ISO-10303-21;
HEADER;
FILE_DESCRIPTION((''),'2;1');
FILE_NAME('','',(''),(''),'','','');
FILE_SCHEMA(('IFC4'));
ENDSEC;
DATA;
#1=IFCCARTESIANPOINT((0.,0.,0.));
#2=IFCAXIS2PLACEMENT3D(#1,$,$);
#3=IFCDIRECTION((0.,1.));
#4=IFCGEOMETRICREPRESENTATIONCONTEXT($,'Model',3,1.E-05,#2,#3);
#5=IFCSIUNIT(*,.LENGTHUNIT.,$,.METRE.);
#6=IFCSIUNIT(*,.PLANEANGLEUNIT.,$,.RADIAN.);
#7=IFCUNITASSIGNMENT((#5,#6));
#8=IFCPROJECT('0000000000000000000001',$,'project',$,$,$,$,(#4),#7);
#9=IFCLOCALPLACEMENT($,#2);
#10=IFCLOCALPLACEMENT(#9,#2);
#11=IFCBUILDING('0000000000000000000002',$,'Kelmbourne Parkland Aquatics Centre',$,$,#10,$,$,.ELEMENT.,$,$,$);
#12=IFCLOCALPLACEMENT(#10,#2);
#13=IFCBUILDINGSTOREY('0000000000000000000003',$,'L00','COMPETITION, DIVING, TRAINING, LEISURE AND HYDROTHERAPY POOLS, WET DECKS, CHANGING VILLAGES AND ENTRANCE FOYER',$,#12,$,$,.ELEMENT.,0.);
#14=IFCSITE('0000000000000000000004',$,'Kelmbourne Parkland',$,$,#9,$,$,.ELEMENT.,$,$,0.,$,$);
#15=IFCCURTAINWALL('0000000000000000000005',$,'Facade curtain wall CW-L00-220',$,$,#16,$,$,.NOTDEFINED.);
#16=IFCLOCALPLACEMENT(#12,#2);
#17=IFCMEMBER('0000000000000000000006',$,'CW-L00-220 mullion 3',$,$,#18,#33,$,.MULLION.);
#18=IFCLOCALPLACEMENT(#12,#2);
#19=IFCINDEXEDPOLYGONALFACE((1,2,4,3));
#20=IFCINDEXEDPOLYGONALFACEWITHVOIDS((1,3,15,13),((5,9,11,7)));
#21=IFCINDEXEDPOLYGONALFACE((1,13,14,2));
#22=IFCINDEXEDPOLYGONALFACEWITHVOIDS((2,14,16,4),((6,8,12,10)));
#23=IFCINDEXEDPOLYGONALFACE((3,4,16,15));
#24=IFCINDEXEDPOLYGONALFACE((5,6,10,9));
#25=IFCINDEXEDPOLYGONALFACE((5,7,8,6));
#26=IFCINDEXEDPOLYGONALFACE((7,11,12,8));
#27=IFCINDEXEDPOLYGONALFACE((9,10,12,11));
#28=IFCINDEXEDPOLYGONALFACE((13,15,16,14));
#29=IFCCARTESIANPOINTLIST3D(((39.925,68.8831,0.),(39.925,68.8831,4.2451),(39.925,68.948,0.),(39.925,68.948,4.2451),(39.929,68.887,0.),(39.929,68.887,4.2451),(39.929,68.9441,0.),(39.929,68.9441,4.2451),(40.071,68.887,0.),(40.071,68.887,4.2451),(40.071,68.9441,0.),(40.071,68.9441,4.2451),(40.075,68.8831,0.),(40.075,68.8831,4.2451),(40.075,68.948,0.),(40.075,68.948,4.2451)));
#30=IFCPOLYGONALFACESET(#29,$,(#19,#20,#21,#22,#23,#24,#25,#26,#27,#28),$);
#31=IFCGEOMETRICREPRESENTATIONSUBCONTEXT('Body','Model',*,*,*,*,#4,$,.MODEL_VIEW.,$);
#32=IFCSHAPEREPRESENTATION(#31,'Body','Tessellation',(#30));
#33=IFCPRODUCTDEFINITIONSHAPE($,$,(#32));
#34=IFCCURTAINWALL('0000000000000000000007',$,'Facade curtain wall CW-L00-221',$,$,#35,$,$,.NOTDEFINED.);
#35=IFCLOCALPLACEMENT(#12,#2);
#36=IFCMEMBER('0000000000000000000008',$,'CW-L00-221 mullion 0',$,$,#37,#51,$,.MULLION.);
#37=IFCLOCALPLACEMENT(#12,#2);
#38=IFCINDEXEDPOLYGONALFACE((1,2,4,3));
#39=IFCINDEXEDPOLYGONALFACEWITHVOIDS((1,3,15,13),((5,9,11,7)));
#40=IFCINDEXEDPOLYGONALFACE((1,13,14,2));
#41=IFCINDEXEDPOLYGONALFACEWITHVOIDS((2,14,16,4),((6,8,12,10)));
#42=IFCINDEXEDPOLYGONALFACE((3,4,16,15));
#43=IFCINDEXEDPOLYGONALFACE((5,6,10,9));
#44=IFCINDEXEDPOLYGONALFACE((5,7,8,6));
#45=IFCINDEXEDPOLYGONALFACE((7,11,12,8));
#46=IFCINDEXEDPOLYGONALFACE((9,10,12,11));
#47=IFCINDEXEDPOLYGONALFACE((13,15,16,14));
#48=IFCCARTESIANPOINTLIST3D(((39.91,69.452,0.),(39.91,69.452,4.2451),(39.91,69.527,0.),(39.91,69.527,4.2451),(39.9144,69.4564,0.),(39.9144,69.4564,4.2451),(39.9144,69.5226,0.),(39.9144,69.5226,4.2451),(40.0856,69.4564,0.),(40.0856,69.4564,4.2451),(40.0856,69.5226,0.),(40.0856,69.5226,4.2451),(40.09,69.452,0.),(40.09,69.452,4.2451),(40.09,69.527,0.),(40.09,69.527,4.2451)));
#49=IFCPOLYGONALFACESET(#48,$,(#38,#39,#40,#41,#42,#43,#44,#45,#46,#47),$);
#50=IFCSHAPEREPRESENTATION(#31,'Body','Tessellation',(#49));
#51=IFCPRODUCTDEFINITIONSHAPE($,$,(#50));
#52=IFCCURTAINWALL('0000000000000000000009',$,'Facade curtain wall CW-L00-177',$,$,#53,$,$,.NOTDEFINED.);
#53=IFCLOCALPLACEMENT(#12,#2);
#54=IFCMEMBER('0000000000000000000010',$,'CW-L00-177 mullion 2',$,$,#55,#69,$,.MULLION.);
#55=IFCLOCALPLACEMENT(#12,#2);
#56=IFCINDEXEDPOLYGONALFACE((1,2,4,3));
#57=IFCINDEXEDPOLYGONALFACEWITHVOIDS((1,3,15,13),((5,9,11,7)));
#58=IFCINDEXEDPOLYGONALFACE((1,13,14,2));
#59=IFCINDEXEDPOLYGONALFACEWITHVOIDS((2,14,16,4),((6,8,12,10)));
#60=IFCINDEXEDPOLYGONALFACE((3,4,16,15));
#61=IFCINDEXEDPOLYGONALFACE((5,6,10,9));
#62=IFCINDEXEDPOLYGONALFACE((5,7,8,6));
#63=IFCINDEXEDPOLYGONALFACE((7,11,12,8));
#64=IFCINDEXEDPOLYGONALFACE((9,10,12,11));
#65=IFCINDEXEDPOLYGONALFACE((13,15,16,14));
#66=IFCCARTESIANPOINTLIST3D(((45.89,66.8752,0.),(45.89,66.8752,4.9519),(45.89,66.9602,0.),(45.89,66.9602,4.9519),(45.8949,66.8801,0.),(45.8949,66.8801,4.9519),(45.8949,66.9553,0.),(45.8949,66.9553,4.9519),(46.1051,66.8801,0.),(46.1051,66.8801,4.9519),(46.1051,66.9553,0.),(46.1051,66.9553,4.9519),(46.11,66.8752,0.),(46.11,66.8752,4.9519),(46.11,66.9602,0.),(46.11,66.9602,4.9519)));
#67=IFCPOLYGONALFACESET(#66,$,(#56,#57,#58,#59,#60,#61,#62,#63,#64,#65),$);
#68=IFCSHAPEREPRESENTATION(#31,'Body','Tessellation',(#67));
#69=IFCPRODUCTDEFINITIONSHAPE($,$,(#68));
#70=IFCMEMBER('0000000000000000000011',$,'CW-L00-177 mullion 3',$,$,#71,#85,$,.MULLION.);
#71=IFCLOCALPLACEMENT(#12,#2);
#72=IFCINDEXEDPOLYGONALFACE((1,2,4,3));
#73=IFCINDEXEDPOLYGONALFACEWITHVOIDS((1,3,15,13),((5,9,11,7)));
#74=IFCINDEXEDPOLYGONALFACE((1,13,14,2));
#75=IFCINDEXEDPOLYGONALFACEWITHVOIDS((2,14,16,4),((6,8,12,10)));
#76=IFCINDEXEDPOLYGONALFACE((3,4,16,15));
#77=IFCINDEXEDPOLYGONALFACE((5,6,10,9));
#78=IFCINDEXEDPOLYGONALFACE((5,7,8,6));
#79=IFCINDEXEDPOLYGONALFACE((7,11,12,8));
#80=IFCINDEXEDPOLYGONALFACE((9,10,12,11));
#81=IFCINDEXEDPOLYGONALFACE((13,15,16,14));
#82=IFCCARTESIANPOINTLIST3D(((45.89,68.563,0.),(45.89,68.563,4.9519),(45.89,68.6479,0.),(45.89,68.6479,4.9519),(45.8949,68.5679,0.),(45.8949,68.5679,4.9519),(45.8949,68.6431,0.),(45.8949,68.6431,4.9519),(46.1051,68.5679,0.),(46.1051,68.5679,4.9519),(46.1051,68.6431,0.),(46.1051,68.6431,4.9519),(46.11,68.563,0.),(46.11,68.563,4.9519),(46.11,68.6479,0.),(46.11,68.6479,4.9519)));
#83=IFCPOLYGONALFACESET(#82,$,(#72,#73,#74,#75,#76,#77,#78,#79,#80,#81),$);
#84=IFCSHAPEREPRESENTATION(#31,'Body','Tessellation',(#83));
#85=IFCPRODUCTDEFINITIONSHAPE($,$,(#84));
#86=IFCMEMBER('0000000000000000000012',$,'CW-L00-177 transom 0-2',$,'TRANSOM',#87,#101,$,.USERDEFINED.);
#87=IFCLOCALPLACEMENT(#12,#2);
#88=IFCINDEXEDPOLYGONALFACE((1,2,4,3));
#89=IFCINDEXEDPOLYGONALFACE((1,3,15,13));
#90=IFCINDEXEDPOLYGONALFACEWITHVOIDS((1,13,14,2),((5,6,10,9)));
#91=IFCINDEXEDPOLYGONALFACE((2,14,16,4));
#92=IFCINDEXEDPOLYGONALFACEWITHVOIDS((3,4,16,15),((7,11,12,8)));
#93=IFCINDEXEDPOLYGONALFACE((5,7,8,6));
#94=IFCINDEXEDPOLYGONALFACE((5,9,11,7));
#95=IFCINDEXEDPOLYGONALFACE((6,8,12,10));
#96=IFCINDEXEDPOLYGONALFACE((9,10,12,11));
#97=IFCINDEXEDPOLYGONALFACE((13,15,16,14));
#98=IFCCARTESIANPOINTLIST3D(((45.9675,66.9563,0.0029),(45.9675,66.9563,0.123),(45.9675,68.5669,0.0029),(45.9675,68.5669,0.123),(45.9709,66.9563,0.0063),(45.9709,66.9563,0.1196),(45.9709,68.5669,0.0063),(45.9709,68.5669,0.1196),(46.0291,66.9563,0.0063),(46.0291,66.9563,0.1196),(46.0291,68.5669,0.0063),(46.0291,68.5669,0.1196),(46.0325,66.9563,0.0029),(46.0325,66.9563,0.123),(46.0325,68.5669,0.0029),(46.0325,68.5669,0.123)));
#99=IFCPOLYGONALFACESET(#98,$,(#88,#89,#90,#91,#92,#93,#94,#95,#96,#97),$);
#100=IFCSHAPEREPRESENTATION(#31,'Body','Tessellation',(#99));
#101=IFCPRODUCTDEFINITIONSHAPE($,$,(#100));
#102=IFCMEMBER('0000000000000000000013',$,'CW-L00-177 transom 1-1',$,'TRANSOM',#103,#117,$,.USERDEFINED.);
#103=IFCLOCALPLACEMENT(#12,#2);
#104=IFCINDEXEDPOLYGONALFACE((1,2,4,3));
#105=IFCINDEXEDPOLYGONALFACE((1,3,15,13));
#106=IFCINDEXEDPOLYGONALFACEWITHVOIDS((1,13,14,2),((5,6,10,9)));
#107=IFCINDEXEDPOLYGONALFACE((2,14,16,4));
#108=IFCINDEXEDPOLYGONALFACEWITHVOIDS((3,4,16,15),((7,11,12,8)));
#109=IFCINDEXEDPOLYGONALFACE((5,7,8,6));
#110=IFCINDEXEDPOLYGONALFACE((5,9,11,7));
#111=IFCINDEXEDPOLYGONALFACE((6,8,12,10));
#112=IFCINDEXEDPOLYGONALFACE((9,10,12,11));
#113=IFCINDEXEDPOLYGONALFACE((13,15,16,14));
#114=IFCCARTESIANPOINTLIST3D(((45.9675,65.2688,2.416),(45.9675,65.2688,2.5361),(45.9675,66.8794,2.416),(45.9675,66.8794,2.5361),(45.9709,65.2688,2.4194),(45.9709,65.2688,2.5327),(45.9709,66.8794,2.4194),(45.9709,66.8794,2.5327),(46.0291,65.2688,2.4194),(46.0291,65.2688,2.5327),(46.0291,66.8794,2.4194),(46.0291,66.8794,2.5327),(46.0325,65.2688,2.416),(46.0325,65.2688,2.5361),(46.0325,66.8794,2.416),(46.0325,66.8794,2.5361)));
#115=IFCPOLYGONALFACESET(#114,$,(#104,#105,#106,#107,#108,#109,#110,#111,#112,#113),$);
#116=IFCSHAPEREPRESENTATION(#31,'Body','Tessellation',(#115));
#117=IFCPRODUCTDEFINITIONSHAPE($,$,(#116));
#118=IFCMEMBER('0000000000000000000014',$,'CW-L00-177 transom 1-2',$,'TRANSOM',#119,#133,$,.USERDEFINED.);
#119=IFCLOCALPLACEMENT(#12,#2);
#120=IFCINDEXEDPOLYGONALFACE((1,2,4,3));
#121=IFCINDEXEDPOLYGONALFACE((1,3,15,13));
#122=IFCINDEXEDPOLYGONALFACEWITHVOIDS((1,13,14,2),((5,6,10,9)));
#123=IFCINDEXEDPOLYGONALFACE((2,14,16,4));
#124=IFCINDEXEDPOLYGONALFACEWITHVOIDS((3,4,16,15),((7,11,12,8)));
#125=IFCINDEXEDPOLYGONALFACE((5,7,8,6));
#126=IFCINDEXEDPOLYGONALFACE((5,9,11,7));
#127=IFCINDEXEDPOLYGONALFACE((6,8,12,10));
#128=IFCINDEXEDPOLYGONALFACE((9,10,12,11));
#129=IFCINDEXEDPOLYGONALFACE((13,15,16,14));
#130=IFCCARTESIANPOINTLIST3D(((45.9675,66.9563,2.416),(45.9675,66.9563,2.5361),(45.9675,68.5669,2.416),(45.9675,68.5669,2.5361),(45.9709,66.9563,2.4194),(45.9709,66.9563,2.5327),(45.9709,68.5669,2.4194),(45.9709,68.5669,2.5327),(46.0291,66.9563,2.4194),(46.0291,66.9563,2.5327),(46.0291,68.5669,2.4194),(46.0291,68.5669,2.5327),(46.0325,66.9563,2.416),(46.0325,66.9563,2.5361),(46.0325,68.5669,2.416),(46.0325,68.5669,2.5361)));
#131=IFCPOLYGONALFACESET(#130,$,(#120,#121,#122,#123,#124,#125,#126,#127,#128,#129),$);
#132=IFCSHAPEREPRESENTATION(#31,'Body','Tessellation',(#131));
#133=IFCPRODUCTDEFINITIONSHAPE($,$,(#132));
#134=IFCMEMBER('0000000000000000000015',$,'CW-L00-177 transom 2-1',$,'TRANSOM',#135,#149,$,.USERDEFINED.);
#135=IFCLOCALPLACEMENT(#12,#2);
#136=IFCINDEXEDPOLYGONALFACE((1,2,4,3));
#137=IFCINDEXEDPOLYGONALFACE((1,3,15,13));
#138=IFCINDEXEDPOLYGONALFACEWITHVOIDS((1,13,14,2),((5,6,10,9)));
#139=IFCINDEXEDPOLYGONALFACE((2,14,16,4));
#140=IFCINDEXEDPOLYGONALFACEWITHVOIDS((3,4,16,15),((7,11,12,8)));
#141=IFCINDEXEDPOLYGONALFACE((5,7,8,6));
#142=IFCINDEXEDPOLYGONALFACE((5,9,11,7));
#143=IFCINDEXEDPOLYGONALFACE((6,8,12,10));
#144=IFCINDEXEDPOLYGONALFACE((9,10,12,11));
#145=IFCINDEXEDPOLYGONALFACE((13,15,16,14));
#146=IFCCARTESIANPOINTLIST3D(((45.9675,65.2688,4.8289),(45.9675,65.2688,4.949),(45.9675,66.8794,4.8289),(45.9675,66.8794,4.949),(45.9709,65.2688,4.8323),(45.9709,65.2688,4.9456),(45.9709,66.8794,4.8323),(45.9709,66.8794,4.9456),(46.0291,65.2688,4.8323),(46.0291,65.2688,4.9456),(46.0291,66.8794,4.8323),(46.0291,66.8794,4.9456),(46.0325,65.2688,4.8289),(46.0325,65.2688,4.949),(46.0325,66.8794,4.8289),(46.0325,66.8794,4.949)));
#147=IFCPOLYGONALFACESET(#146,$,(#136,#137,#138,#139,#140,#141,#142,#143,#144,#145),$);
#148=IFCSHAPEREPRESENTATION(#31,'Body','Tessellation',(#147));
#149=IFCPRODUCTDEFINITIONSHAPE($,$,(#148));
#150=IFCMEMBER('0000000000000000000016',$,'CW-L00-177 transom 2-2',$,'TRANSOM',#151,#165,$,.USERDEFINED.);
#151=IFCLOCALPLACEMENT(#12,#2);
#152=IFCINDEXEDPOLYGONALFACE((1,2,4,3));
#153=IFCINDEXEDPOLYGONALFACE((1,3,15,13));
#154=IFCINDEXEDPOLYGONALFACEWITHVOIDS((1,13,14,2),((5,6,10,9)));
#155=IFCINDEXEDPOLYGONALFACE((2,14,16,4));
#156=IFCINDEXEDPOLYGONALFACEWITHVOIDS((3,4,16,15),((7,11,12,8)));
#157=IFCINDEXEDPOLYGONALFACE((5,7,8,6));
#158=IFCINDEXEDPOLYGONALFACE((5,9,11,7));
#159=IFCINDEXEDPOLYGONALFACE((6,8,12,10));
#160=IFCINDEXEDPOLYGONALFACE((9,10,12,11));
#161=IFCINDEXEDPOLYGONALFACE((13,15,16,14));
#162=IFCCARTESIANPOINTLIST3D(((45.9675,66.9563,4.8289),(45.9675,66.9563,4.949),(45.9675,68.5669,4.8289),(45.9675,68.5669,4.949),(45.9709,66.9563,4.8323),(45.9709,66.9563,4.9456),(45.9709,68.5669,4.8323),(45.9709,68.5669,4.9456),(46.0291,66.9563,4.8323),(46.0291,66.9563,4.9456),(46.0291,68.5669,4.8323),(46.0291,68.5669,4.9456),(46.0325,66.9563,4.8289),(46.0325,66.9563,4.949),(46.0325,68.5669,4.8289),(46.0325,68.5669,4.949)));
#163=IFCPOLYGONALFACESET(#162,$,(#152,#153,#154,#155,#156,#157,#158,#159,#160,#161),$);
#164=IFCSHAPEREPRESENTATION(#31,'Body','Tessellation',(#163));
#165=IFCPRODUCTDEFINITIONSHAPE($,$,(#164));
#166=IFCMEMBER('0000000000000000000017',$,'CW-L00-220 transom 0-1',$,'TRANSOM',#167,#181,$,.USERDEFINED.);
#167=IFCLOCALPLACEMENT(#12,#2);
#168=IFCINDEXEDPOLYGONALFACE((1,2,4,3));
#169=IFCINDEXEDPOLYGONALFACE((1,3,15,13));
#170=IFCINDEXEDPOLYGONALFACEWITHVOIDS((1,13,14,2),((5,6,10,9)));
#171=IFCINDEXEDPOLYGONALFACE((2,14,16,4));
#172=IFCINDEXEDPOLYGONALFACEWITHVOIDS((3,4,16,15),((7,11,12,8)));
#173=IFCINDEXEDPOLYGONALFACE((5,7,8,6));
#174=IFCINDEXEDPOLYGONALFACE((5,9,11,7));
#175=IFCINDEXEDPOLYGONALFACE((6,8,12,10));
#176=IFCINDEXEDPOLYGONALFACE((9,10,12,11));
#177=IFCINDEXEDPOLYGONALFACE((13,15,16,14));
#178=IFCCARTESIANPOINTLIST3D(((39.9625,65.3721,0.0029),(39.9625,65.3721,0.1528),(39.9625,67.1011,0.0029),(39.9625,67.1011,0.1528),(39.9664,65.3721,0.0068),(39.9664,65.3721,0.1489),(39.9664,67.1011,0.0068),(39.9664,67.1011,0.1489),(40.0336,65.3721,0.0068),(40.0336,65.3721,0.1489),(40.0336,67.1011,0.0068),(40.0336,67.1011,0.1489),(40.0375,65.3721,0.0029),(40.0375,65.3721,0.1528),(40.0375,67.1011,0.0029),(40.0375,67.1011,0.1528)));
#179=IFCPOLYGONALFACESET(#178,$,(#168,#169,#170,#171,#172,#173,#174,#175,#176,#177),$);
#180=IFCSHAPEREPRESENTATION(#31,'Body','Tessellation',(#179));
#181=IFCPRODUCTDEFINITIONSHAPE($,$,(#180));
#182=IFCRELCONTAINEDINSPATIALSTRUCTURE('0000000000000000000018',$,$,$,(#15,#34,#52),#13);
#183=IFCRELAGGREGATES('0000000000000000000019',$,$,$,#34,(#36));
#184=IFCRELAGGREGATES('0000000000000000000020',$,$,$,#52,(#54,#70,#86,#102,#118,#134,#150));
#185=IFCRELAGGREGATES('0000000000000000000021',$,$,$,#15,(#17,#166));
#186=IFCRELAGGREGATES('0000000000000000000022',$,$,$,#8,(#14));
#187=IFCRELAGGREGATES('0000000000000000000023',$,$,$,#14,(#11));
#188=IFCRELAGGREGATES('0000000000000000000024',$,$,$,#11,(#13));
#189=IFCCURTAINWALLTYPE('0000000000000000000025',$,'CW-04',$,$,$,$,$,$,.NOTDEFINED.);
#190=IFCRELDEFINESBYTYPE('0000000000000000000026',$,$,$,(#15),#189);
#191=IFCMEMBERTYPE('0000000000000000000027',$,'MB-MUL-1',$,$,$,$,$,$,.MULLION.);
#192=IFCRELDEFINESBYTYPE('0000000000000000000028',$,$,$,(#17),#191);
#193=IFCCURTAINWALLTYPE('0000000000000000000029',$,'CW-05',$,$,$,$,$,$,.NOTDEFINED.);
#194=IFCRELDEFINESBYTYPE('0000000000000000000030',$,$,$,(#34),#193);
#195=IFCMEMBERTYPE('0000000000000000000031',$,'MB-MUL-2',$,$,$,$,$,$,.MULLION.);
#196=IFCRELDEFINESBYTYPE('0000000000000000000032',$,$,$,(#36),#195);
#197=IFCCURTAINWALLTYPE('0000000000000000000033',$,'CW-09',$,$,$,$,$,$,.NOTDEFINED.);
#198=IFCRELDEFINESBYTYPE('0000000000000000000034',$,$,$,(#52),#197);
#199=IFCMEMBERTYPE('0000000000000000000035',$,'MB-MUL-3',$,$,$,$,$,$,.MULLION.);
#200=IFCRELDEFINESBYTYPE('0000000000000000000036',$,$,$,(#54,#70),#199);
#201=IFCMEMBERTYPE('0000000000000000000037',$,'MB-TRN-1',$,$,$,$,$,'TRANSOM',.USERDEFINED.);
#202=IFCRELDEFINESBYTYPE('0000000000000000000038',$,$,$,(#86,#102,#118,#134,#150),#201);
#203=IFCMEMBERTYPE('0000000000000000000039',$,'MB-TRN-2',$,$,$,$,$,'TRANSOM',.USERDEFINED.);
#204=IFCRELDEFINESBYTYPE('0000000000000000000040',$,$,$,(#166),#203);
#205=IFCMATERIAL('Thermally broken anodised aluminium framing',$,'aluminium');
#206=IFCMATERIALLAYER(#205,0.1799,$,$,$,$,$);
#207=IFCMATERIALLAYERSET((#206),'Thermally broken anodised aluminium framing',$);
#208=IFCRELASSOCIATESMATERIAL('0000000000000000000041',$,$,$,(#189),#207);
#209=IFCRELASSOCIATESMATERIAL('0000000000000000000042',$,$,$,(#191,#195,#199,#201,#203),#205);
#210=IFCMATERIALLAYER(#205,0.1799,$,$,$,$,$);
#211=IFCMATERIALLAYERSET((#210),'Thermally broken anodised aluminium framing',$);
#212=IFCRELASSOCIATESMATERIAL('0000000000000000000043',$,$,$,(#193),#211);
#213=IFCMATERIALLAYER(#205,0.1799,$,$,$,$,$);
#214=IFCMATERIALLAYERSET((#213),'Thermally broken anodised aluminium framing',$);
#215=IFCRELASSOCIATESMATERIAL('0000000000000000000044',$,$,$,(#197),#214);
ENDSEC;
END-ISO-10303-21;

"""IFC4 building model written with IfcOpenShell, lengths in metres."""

from ifc_helpers import new_model, si_unit, direction, frame, origin, origin_2d, place, context, subcontext, project, spatial, hollow_rectangle, extrude, material, layer, layer_set, material_profile, profile_set, type_object, element, aggregate, save


model = new_model("IFC4")

# Units and contexts
model_context = context("Model", 3, precision=1e-05, world=origin(), true_north=direction((0.0, 1.0)))
body_context = subcontext(model_context, "Body", "Model", "MODEL_VIEW")
ifc_project = project(units=[si_unit("LENGTHUNIT", "METRE"), si_unit("PLANEANGLEUNIT", "RADIAN")], contexts=[model_context])

# Site, building, storey
site_placement = place(None, origin())
site = spatial("IfcSite", under=ifc_project, at=site_placement, Name="Kelmbourne Parkland", CompositionType="ELEMENT", RefElevation=0.0)
building_placement = place(site_placement, origin())
building = spatial("IfcBuilding", under=site, at=building_placement, Name="Kelmbourne Parkland Aquatics Centre", CompositionType="ELEMENT")
storey_placement = place(building_placement, origin())
storey = spatial("IfcBuildingStorey", under=building, at=storey_placement, Name="L00", Description="COMPETITION, DIVING, TRAINING, LEISURE AND HYDROTHERAPY POOLS, WET DECKS, CHANGING VILLAGES AND ENTRANCE FOYER", CompositionType="ELEMENT", Elevation=0.0)

# Curtain wall, member
ifc_material_1 = material(Name="Thermally broken anodised aluminium framing", Category="aluminium")
ifc_layer_1 = layer(ifc_material_1, 0.1799)
ifc_layer_set_1 = layer_set([ifc_layer_1], Name="Thermally broken anodised aluminium framing")
curtain_wall_type_1 = type_object("IfcCurtainWallType", Name="CW-04", PredefinedType="NOTDEFINED", material=ifc_layer_set_1)
curtain_wall_1_placement = place(storey_placement, origin())
curtain_wall_1 = element("IfcCurtainWall", 1, at=curtain_wall_1_placement, inside=storey, type_object=curtain_wall_type_1, Name="Facade curtain wall CW-L00-220", PredefinedType="NOTDEFINED")
ifc_material_profile_1 = material_profile(ifc_material_1, hollow_rectangle(XDim=0.0649, YDim=0.1499, WallThickness=0.0039, at=origin_2d()), Name="CW-M 65x150")
ifc_profile_set_1 = profile_set([ifc_material_profile_1], Name="Thermally broken anodised aluminium framing")
member_type_1 = type_object("IfcMemberType", Name="MB-MUL-1", PredefinedType="MULLION", material=ifc_profile_set_1)
member_1_placement = place(storey_placement, frame((40.0, 68.9155, 0.0), z_axis=(0.0, 0.0, 1.0), x_axis=(0.0, 1.0, 0.0)))
member_1 = element("IfcMember", 2, at=member_1_placement, type_object=member_type_1, Name="CW-L00-220 mullion 3", PredefinedType="MULLION", context=body_context, shape_type="SweptSolid", body=[
    extrude(hollow_rectangle(XDim=0.0649, YDim=0.1499, WallThickness=0.0039, at=origin_2d()), origin(), (0.0, 0.0, 1.0), 4.2451),
])

# Curtain wall, member
ifc_layer_2 = layer(ifc_material_1, 0.1799)
ifc_layer_set_2 = layer_set([ifc_layer_2], Name="Thermally broken anodised aluminium framing")
curtain_wall_type_2 = type_object("IfcCurtainWallType", Name="CW-05", PredefinedType="NOTDEFINED", material=ifc_layer_set_2)
curtain_wall_2_placement = place(storey_placement, origin())
curtain_wall_2 = element("IfcCurtainWall", 3, at=curtain_wall_2_placement, inside=storey, type_object=curtain_wall_type_2, Name="Facade curtain wall CW-L00-221", PredefinedType="NOTDEFINED")
ifc_material_profile_2 = material_profile(ifc_material_1, hollow_rectangle(XDim=0.075, YDim=0.1799, WallThickness=0.0044, at=origin_2d()), Name="CW-M 75x180")
ifc_profile_set_2 = profile_set([ifc_material_profile_2], Name="Thermally broken anodised aluminium framing")
member_type_2 = type_object("IfcMemberType", Name="MB-MUL-2", PredefinedType="MULLION", material=ifc_profile_set_2)
member_2_placement = place(storey_placement, frame((40.0, 69.4895, 0.0), z_axis=(0.0, 0.0, 1.0), x_axis=(0.0, 1.0, 0.0)))
member_2 = element("IfcMember", 4, at=member_2_placement, type_object=member_type_2, Name="CW-L00-221 mullion 0", PredefinedType="MULLION", context=body_context, shape_type="SweptSolid", body=[
    extrude(hollow_rectangle(XDim=0.075, YDim=0.1799, WallThickness=0.0044, at=origin_2d()), origin(), (0.0, 0.0, 1.0), 4.2451),
])

# Curtain wall, members
ifc_layer_3 = layer(ifc_material_1, 0.1799)
ifc_layer_set_3 = layer_set([ifc_layer_3], Name="Thermally broken anodised aluminium framing")
curtain_wall_type_3 = type_object("IfcCurtainWallType", Name="CW-09", PredefinedType="NOTDEFINED", material=ifc_layer_set_3)
curtain_wall_3_placement = place(storey_placement, origin())
curtain_wall_3 = element("IfcCurtainWall", 5, at=curtain_wall_3_placement, inside=storey, type_object=curtain_wall_type_3, Name="Facade curtain wall CW-L00-177", PredefinedType="NOTDEFINED")
ifc_material_profile_3 = material_profile(ifc_material_1, hollow_rectangle(XDim=0.085, YDim=0.22, WallThickness=0.0049, at=origin_2d()), Name="CW-M 85x220")
ifc_profile_set_3 = profile_set([ifc_material_profile_3], Name="Thermally broken anodised aluminium framing")
member_type_3 = type_object("IfcMemberType", Name="MB-MUL-3", PredefinedType="MULLION", material=ifc_profile_set_3)
member_3_placement = place(storey_placement, frame((46.0, 66.9177, 0.0), z_axis=(0.0, 0.0, 1.0), x_axis=(0.0, 1.0, 0.0)))
member_3 = element("IfcMember", 6, at=member_3_placement, type_object=member_type_3, Name="CW-L00-177 mullion 2", PredefinedType="MULLION", context=body_context, shape_type="SweptSolid", body=[
    extrude(hollow_rectangle(XDim=0.085, YDim=0.22, WallThickness=0.0049, at=origin_2d()), origin(), (0.0, 0.0, 1.0), 4.9519),
])
member_4_placement = place(storey_placement, frame((46.0, 68.6055, 0.0), z_axis=(0.0, 0.0, 1.0), x_axis=(0.0, 1.0, 0.0)))
member_4 = element("IfcMember", 7, at=member_4_placement, type_object=member_type_3, Name="CW-L00-177 mullion 3", PredefinedType="MULLION", context=body_context, shape_type="SweptSolid", body=[
    extrude(hollow_rectangle(XDim=0.085, YDim=0.22, WallThickness=0.0049, at=origin_2d()), origin(), (0.0, 0.0, 1.0), 4.9519),
])
ifc_material_profile_4 = material_profile(ifc_material_1, hollow_rectangle(XDim=0.0649, YDim=0.1201, WallThickness=0.0034, at=origin_2d()), Name="CW-T 65x120")
ifc_profile_set_4 = profile_set([ifc_material_profile_4], Name="Thermally broken anodised aluminium framing")
member_type_4 = type_object("IfcMemberType", Name="MB-TRN-1", ElementType="TRANSOM", PredefinedType="USERDEFINED", material=ifc_profile_set_4)
member_5_placement = place(storey_placement, frame((46.0, 66.9563, 0.063), z_axis=(0.0, 1.0, 0.0), x_axis=(-1.0, 0.0, 0.0)))
member_5 = element("IfcMember", 8, at=member_5_placement, type_object=member_type_4, Name="CW-L00-177 transom 0-2", ObjectType="TRANSOM", PredefinedType="USERDEFINED", context=body_context, shape_type="SweptSolid", body=[
    extrude(hollow_rectangle(XDim=0.0649, YDim=0.1201, WallThickness=0.0034, at=origin_2d()), origin(), (0.0, 0.0, 1.0), 1.6106),
])
member_6_placement = place(storey_placement, frame((46.0, 65.2688, 2.4761), z_axis=(0.0, 1.0, 0.0), x_axis=(-1.0, 0.0, 0.0)))
member_6 = element("IfcMember", 9, at=member_6_placement, type_object=member_type_4, Name="CW-L00-177 transom 1-1", ObjectType="TRANSOM", PredefinedType="USERDEFINED", context=body_context, shape_type="SweptSolid", body=[
    extrude(hollow_rectangle(XDim=0.0649, YDim=0.1201, WallThickness=0.0034, at=origin_2d()), origin(), (0.0, 0.0, 1.0), 1.6106),
])
member_7_placement = place(storey_placement, frame((46.0, 66.9563, 2.4761), z_axis=(0.0, 1.0, 0.0), x_axis=(-1.0, 0.0, 0.0)))
member_7 = element("IfcMember", 10, at=member_7_placement, type_object=member_type_4, Name="CW-L00-177 transom 1-2", ObjectType="TRANSOM", PredefinedType="USERDEFINED", context=body_context, shape_type="SweptSolid", body=[
    extrude(hollow_rectangle(XDim=0.0649, YDim=0.1201, WallThickness=0.0034, at=origin_2d()), origin(), (0.0, 0.0, 1.0), 1.6106),
])
member_8_placement = place(storey_placement, frame((46.0, 65.2688, 4.8889), z_axis=(0.0, 1.0, 0.0), x_axis=(-1.0, 0.0, 0.0)))
member_8 = element("IfcMember", 11, at=member_8_placement, type_object=member_type_4, Name="CW-L00-177 transom 2-1", ObjectType="TRANSOM", PredefinedType="USERDEFINED", context=body_context, shape_type="SweptSolid", body=[
    extrude(hollow_rectangle(XDim=0.0649, YDim=0.1201, WallThickness=0.0034, at=origin_2d()), origin(), (0.0, 0.0, 1.0), 1.6106),
])
member_9_placement = place(storey_placement, frame((46.0, 66.9563, 4.8889), z_axis=(0.0, 1.0, 0.0), x_axis=(-1.0, 0.0, 0.0)))
member_9 = element("IfcMember", 12, at=member_9_placement, type_object=member_type_4, Name="CW-L00-177 transom 2-2", ObjectType="TRANSOM", PredefinedType="USERDEFINED", context=body_context, shape_type="SweptSolid", body=[
    extrude(hollow_rectangle(XDim=0.0649, YDim=0.1201, WallThickness=0.0034, at=origin_2d()), origin(), (0.0, 0.0, 1.0), 1.6106),
])

# Member
ifc_material_profile_5 = material_profile(ifc_material_1, hollow_rectangle(XDim=0.075, YDim=0.1499, WallThickness=0.0039, at=origin_2d()), Name="CW-T 75x150")
ifc_profile_set_5 = profile_set([ifc_material_profile_5], Name="Thermally broken anodised aluminium framing")
member_type_5 = type_object("IfcMemberType", Name="MB-TRN-2", ElementType="TRANSOM", PredefinedType="USERDEFINED", material=ifc_profile_set_5)
member_10_placement = place(storey_placement, frame((40.0, 65.3721, 0.0779), z_axis=(0.0, 1.0, 0.0), x_axis=(-1.0, 0.0, 0.0)))
member_10 = element("IfcMember", 13, at=member_10_placement, type_object=member_type_5, Name="CW-L00-220 transom 0-1", ObjectType="TRANSOM", PredefinedType="USERDEFINED", context=body_context, shape_type="SweptSolid", body=[
    extrude(hollow_rectangle(XDim=0.075, YDim=0.1499, WallThickness=0.0039, at=origin_2d()), origin(), (0.0, 0.0, 1.0), 1.729),
])
aggregate(curtain_wall_2, [member_2])

aggregate(curtain_wall_3, [member_3, member_4, member_5, member_6, member_7, member_8, member_9])
aggregate(curtain_wall_1, [member_1, member_10])

save(model, "model.ifc")
